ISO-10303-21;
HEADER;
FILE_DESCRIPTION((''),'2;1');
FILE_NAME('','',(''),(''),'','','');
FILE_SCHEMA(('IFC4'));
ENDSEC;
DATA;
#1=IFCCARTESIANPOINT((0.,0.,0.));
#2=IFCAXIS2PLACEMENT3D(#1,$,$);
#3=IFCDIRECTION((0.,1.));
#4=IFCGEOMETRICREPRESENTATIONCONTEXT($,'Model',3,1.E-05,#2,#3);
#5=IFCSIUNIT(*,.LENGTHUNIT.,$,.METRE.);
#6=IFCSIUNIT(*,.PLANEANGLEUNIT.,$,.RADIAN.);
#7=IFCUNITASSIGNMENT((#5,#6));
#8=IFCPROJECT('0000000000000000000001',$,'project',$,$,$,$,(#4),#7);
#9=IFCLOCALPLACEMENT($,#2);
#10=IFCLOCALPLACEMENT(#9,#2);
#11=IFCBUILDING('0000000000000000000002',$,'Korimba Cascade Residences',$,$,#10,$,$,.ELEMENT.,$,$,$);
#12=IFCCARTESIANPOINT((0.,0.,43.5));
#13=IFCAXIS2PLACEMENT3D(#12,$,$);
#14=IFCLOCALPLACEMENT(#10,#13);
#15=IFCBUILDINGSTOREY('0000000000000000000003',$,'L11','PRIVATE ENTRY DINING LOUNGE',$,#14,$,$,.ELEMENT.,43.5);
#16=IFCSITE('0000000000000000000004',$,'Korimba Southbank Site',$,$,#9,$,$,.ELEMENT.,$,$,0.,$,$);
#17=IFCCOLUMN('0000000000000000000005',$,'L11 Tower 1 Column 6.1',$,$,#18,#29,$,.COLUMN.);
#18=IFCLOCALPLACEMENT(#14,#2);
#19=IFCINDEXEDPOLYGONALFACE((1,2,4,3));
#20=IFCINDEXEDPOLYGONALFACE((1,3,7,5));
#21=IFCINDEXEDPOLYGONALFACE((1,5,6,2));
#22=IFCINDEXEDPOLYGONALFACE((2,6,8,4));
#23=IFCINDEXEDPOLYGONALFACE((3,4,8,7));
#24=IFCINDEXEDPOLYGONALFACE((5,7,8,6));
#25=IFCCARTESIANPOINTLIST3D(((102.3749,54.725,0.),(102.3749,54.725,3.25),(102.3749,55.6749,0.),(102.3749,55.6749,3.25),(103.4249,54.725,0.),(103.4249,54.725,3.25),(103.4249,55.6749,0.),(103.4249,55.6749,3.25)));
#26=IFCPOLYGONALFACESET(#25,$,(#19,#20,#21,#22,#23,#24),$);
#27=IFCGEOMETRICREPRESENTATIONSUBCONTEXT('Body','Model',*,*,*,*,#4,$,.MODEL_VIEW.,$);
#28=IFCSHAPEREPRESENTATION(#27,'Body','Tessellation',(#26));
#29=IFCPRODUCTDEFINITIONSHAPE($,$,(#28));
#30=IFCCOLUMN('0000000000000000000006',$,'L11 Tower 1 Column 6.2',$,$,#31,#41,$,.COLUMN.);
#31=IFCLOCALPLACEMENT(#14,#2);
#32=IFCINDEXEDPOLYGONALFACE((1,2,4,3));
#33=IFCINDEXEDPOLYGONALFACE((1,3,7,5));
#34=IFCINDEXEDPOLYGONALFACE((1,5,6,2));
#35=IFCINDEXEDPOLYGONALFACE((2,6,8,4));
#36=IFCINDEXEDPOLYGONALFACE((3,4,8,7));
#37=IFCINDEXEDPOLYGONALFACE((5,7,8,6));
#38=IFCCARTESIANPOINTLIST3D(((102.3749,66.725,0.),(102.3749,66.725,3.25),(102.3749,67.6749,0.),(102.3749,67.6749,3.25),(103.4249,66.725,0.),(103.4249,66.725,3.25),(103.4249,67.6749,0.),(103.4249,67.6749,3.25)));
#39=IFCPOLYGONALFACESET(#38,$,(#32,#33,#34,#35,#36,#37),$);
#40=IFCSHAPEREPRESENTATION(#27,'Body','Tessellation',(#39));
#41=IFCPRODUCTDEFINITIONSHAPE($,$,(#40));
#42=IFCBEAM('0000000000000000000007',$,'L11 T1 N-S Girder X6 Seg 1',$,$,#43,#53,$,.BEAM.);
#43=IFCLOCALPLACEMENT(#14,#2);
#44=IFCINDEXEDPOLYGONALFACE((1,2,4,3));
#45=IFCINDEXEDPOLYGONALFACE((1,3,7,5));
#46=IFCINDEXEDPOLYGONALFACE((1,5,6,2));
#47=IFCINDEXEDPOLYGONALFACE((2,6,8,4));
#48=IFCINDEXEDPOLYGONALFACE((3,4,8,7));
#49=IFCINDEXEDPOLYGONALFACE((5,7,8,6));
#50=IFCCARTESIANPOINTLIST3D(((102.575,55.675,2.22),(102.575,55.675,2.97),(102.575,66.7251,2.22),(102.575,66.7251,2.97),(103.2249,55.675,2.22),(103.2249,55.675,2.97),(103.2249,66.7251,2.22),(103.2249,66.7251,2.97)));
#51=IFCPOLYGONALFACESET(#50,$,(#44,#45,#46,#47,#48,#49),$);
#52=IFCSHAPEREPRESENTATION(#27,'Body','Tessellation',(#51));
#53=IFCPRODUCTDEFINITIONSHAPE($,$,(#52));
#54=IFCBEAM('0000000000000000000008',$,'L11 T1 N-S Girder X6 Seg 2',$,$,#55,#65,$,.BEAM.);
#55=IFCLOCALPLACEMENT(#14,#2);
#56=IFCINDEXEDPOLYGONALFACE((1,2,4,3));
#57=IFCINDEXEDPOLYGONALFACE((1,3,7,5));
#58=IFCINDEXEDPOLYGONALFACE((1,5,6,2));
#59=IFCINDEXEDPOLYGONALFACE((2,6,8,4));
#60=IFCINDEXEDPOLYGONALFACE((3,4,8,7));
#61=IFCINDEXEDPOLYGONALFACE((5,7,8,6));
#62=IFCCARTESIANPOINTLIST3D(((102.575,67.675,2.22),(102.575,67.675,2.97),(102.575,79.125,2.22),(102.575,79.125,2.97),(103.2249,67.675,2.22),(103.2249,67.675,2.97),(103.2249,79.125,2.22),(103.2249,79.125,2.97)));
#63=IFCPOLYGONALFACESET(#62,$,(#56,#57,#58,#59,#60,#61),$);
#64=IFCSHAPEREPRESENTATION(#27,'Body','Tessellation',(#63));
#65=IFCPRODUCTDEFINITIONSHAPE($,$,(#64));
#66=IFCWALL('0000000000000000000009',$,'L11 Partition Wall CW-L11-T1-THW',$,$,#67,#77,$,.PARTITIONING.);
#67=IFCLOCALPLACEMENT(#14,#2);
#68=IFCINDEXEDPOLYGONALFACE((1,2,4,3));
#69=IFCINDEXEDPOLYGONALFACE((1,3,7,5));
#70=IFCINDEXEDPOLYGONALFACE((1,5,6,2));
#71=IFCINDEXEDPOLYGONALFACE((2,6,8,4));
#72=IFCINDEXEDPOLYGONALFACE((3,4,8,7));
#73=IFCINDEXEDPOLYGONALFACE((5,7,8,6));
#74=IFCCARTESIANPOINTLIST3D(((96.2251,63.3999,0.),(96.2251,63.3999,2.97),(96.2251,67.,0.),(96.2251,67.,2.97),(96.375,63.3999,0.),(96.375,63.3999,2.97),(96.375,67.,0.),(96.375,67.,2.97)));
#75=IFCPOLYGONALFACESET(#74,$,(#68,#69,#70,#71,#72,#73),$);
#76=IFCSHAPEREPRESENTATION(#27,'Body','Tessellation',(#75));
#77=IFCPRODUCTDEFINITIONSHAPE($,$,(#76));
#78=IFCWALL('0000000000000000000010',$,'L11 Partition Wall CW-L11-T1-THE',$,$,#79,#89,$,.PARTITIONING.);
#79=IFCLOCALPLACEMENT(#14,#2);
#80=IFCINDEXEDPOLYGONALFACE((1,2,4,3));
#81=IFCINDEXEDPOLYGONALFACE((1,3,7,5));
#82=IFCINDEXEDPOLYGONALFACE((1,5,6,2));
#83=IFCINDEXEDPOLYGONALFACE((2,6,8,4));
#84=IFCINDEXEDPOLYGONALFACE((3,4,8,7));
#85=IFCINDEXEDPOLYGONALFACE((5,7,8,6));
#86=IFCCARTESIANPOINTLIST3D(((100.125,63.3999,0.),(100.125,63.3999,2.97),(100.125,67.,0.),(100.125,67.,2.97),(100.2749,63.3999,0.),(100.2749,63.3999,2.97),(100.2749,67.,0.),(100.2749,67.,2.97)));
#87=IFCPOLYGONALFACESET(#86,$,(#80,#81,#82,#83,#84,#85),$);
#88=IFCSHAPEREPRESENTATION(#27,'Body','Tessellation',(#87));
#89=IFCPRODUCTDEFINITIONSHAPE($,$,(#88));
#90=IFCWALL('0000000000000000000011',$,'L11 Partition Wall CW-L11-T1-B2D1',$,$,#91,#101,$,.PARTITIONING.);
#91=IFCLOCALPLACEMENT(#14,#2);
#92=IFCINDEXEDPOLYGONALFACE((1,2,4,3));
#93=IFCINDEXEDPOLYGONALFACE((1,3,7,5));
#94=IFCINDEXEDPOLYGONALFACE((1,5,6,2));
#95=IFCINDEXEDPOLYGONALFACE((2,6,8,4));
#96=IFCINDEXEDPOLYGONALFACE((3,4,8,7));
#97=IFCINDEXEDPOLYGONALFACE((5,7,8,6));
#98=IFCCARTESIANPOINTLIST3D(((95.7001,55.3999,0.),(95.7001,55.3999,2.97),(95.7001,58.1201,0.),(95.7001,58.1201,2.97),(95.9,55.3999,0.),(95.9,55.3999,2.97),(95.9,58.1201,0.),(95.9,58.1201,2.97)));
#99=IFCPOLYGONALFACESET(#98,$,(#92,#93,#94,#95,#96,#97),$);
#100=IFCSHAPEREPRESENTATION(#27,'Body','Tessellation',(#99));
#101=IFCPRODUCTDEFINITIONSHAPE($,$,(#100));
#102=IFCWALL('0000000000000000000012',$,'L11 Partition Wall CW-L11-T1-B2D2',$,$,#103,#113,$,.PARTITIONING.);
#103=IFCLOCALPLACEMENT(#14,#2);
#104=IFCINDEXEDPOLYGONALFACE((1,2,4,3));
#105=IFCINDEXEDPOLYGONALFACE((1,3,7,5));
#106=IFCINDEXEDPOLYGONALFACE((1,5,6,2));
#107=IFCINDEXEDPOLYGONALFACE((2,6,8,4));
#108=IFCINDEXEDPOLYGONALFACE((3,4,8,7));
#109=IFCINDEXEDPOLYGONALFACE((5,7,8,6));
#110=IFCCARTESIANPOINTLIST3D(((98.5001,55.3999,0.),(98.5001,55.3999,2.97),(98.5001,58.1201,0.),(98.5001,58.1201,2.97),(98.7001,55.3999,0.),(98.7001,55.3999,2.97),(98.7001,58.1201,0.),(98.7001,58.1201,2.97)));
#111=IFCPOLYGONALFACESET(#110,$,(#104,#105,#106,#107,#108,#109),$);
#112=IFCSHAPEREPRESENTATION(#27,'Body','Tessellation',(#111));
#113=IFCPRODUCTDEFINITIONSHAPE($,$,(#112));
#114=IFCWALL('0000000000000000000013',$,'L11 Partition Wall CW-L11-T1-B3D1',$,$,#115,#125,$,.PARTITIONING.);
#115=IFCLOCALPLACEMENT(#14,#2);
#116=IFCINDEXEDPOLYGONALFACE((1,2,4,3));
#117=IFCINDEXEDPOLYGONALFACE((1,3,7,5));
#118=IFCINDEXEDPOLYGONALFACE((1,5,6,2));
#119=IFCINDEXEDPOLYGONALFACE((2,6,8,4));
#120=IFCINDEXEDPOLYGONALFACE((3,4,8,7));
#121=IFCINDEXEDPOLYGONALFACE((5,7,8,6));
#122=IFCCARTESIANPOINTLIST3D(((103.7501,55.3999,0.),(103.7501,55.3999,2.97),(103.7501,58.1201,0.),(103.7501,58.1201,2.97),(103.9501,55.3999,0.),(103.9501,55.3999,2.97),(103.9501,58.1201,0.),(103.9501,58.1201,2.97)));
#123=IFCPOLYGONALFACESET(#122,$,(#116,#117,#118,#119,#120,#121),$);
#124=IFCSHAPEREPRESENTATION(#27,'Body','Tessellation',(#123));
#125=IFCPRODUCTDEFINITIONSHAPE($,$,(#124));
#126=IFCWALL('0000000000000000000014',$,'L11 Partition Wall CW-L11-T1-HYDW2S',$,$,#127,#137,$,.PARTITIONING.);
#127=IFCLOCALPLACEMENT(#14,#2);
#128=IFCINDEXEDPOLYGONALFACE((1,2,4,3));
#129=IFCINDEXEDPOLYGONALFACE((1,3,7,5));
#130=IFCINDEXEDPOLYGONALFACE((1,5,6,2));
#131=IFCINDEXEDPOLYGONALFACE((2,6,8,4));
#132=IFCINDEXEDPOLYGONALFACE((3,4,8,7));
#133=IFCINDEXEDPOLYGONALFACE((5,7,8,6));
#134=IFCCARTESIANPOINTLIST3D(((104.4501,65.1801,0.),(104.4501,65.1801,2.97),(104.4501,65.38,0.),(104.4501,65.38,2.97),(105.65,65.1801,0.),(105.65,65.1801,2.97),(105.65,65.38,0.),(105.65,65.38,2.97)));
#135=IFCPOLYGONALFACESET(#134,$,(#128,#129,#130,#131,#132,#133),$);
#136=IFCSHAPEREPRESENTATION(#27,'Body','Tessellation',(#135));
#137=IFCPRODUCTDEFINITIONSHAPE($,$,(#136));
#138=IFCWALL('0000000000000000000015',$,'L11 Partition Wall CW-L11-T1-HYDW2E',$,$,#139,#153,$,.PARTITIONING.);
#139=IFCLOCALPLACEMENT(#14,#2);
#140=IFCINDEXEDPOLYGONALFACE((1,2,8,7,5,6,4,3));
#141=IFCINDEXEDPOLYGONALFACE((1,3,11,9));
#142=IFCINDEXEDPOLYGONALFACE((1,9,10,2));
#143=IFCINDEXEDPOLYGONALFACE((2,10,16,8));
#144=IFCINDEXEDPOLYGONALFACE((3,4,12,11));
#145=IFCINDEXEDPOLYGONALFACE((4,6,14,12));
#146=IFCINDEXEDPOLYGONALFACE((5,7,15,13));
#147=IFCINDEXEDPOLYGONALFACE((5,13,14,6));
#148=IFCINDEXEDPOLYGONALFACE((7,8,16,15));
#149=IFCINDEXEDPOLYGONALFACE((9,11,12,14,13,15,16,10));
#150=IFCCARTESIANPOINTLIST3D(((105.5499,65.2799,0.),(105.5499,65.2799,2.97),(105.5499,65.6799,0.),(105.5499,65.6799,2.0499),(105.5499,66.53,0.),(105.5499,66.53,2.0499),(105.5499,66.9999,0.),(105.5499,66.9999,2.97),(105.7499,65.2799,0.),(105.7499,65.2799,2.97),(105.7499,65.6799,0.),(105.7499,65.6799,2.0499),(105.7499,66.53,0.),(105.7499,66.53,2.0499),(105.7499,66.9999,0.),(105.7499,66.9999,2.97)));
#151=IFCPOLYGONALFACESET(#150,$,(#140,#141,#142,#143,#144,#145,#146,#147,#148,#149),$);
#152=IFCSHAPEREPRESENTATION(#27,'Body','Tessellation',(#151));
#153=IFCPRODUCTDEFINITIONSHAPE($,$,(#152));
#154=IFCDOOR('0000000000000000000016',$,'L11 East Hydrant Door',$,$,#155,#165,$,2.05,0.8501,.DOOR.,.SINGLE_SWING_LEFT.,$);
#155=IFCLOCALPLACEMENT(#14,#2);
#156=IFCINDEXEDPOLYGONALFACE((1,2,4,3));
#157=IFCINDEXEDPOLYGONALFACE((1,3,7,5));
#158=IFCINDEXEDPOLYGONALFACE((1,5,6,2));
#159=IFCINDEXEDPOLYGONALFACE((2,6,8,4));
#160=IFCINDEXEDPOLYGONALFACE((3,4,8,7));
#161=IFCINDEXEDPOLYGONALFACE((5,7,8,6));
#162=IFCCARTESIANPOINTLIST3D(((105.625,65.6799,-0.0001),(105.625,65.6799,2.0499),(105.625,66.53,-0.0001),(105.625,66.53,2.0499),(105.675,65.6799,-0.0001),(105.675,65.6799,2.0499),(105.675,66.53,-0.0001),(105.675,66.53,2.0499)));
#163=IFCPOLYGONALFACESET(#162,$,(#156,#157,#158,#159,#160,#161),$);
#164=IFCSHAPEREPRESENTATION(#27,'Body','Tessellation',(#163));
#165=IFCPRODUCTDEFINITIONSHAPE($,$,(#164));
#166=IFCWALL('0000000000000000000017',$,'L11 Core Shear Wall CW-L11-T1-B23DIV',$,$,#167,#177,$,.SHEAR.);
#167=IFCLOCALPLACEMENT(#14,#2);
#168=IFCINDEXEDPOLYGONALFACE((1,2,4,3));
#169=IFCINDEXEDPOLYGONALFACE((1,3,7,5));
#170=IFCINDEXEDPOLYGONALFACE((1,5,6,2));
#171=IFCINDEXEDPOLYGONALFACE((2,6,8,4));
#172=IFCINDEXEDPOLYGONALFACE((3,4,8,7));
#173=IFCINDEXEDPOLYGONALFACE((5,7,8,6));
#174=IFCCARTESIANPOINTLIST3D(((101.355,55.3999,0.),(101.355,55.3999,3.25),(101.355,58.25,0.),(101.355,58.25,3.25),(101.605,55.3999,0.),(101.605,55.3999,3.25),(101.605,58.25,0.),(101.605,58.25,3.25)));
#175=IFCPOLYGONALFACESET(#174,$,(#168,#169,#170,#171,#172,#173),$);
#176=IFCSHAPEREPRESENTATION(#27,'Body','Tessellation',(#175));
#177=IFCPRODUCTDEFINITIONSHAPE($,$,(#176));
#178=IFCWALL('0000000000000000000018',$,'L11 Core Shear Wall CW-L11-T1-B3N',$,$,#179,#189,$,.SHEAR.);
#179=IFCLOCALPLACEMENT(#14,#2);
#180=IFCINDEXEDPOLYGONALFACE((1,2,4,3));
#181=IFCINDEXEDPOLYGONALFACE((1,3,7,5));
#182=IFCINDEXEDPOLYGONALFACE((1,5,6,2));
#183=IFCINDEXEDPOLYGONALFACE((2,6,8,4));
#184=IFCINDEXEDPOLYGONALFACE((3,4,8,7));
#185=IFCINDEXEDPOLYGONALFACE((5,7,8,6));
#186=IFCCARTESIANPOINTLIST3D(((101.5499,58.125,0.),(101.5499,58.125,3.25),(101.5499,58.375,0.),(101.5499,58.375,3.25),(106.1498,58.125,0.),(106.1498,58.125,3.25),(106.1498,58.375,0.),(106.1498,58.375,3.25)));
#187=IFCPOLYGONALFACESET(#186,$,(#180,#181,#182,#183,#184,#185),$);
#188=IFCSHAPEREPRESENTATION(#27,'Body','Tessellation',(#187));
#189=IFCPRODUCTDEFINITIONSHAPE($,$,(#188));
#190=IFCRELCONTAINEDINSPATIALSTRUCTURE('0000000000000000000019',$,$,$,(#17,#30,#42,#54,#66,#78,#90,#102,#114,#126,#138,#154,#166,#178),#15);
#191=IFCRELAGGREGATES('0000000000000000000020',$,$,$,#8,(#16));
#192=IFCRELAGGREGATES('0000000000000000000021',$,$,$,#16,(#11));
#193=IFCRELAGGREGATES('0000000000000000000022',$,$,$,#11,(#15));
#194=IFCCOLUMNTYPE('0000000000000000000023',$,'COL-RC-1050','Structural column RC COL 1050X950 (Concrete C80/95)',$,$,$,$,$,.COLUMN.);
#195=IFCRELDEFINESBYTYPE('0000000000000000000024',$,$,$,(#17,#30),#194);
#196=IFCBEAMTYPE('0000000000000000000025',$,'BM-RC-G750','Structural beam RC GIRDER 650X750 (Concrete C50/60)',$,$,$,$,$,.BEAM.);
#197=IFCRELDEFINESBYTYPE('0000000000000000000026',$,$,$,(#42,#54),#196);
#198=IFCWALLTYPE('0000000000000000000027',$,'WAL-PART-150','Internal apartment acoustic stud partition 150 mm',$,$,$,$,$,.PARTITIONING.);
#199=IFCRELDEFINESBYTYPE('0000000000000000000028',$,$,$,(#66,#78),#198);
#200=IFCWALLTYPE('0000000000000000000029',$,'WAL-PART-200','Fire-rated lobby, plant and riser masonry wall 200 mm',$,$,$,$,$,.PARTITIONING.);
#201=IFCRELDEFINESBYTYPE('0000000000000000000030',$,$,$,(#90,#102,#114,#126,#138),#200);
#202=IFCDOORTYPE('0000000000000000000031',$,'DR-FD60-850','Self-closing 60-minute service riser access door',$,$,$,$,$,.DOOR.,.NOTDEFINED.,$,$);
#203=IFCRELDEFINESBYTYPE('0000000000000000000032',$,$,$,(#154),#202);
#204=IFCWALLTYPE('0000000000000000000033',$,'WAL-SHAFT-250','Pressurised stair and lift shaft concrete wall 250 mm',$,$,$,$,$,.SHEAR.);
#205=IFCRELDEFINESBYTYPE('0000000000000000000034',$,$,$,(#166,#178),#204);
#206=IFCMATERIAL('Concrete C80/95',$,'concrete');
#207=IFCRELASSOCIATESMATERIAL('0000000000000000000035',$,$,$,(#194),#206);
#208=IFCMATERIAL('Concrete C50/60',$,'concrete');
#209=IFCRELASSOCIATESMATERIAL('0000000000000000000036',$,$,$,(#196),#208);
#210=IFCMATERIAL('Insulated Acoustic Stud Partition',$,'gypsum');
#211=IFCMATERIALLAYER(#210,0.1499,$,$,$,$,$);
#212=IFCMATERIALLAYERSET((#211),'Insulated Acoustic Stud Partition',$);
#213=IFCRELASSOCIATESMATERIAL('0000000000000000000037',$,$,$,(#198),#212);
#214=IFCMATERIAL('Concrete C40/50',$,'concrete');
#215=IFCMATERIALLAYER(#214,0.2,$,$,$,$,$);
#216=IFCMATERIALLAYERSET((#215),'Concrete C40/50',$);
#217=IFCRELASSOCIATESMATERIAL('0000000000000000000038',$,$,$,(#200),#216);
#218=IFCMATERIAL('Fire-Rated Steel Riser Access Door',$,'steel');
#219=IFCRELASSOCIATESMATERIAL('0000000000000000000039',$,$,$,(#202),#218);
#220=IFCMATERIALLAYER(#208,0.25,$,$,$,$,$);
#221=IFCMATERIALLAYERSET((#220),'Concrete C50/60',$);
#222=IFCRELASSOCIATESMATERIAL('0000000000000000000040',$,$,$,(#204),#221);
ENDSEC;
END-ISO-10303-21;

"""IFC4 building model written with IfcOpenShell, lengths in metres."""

from ifc_helpers import new_model, si_unit, direction, frame, frame_2d, origin, origin_2d, place, context, subcontext, project, spatial, rectangle, extrude, material, layer, layer_set, material_profile, profile_set, type_object, element, fill, save


model = new_model("IFC4")

# Units and contexts
model_context = context("Model", 3, precision=1e-05, world=origin(), true_north=direction((0.0, 1.0)))
body_context = subcontext(model_context, "Body", "Model", "MODEL_VIEW")
ifc_project = project(units=[si_unit("LENGTHUNIT", "METRE"), si_unit("PLANEANGLEUNIT", "RADIAN")], contexts=[model_context])

# Site, building, storey
site_placement = place(None, origin())
site = spatial("IfcSite", under=ifc_project, at=site_placement, Name="Korimba Southbank Site", CompositionType="ELEMENT", RefElevation=0.0)
building_placement = place(site_placement, origin())
building = spatial("IfcBuilding", under=site, at=building_placement, Name="Korimba Cascade Residences", CompositionType="ELEMENT")
storey_placement = place(building_placement, frame((0.0, 0.0, 43.5)))
storey = spatial("IfcBuildingStorey", under=building, at=storey_placement, Name="L11", Description="PRIVATE ENTRY DINING LOUNGE", CompositionType="ELEMENT", Elevation=43.5)

# Columns
ifc_material_1 = material(Name="Concrete C80/95", Category="concrete")
ifc_material_profile_1 = material_profile(ifc_material_1, rectangle(XDim=1.05, YDim=0.95, at=origin_2d()), Name="Concrete C80/95")
ifc_profile_set_1 = profile_set([ifc_material_profile_1], Name="Concrete C80/95")
column_type = type_object("IfcColumnType", Name="COL-RC-1050", Description="Structural column RC COL 1050X950 (Concrete C80/95)", PredefinedType="COLUMN", material=ifc_profile_set_1)
for number, where, z_axis, x_axis, name in (
    (1, (102.8999, 55.2, 0.0), (0.0, 0.0, 1.0), (1.0, 0.0, 0.0), "L11 Tower 1 Column 6.1"),
    (2, (102.8999, 67.2, 0.0), (0.0, 0.0, 1.0), (1.0, 0.0, 0.0), "L11 Tower 1 Column 6.2"),
):
    element("IfcColumn", number, at=place(storey_placement, frame(where, z_axis=z_axis, x_axis=x_axis)), inside=storey, type_object=column_type, Name=name, PredefinedType="COLUMN", context=body_context, shape_type="SweptSolid", body=[
        extrude(rectangle(XDim=1.05, YDim=0.95, at=origin_2d()), origin(), (0.0, 0.0, 1.0), 3.25),
    ])

# Beams
ifc_material_2 = material(Name="Concrete C50/60", Category="concrete")
ifc_material_profile_2 = material_profile(ifc_material_2, rectangle(XDim=0.6499, YDim=0.75, at=origin_2d()), Name="Concrete C50/60")
ifc_profile_set_2 = profile_set([ifc_material_profile_2], Name="Concrete C50/60")
beam_type = type_object("IfcBeamType", Name="BM-RC-G750", Description="Structural beam RC GIRDER 650X750 (Concrete C50/60)", PredefinedType="BEAM", material=ifc_profile_set_2)
beam_1_placement = place(storey_placement, frame((102.8999, 55.675, 2.595), z_axis=(0.0, 1.0, 0.0), x_axis=(-1.0, 0.0, 0.0)))
element("IfcBeam", 3, at=beam_1_placement, inside=storey, type_object=beam_type, Name="L11 T1 N-S Girder X6 Seg 1", PredefinedType="BEAM", context=body_context, shape_type="SweptSolid", body=[
    extrude(rectangle(XDim=0.6499, YDim=0.75, at=origin_2d()), origin(), (0.0, 0.0, 1.0), 11.05),
])
beam_2_placement = place(storey_placement, frame((102.8999, 67.675, 2.595), z_axis=(0.0, 1.0, 0.0), x_axis=(-1.0, 0.0, 0.0)))
element("IfcBeam", 4, at=beam_2_placement, inside=storey, type_object=beam_type, Name="L11 T1 N-S Girder X6 Seg 2", PredefinedType="BEAM", context=body_context, shape_type="SweptSolid", body=[
    extrude(rectangle(XDim=0.6499, YDim=0.75, at=origin_2d()), origin(), (0.0, 0.0, 1.0), 11.45),
])

# Walls
ifc_material_3 = material(Name="Insulated Acoustic Stud Partition", Category="gypsum")
ifc_layer_1 = layer(ifc_material_3, 0.1499)
ifc_layer_set_1 = layer_set([ifc_layer_1], Name="Insulated Acoustic Stud Partition")
wall_type_1 = type_object("IfcWallType", Name="WAL-PART-150", Description="Internal apartment acoustic stud partition 150 mm", PredefinedType="PARTITIONING", material=ifc_layer_set_1)
for number, where, z_axis, x_axis, name in (
    (5, (96.3, 63.3999, 0.0), (0.0, 0.0, 1.0), (0.0, 1.0, 0.0), "L11 Partition Wall CW-L11-T1-THW"),
    (6, (100.2, 63.3999, 0.0), (0.0, 0.0, 1.0), (0.0, 1.0, 0.0), "L11 Partition Wall CW-L11-T1-THE"),
):
    element("IfcWall", number, at=place(storey_placement, frame(where, z_axis=z_axis, x_axis=x_axis)), inside=storey, type_object=wall_type_1, Name=name, PredefinedType="PARTITIONING", context=body_context, shape_type="SweptSolid", body=[
        extrude(rectangle(XDim=3.6001, YDim=0.1499, at=frame_2d((1.8, 0.0))), origin(), (0.0, 0.0, 1.0), 2.97),
    ])
ifc_material_4 = material(Name="Concrete C40/50", Category="concrete")
ifc_layer_2 = layer(ifc_material_4, 0.2)
ifc_layer_set_2 = layer_set([ifc_layer_2], Name="Concrete C40/50")
wall_type_2 = type_object("IfcWallType", Name="WAL-PART-200", Description="Fire-rated lobby, plant and riser masonry wall 200 mm", PredefinedType="PARTITIONING", material=ifc_layer_set_2)
for number, where, z_axis, x_axis, name in (
    (7, (95.8, 55.3999, 0.0), (0.0, 0.0, 1.0), (0.0, 1.0, 0.0), "L11 Partition Wall CW-L11-T1-B2D1"),
    (8, (98.6001, 55.3999, 0.0), (0.0, 0.0, 1.0), (0.0, 1.0, 0.0), "L11 Partition Wall CW-L11-T1-B2D2"),
    (9, (103.8501, 55.3999, 0.0), (0.0, 0.0, 1.0), (0.0, 1.0, 0.0), "L11 Partition Wall CW-L11-T1-B3D1"),
):
    element("IfcWall", number, at=place(storey_placement, frame(where, z_axis=z_axis, x_axis=x_axis)), inside=storey, type_object=wall_type_2, Name=name, PredefinedType="PARTITIONING", context=body_context, shape_type="SweptSolid", body=[
        extrude(rectangle(XDim=2.7202, YDim=0.2, at=frame_2d((1.3601, 0.0))), origin(), (0.0, 0.0, 1.0), 2.97),
    ])
wall_1_placement = place(storey_placement, frame((104.45, 65.28, 0.0), z_axis=(0.0, 0.0, 1.0), x_axis=(1.0, 0.0, 0.0)))
element("IfcWall", 10, at=wall_1_placement, inside=storey, type_object=wall_type_2, Name="L11 Partition Wall CW-L11-T1-HYDW2S", PredefinedType="PARTITIONING", context=body_context, shape_type="SweptSolid", body=[
    extrude(rectangle(XDim=1.2, YDim=0.2, at=frame_2d((0.6001, 0.0))), origin(), (0.0, 0.0, 1.0), 2.97),
])

# Wall, opening, door
wall_2_placement = place(storey_placement, frame((105.6499, 65.28, 0.0), z_axis=(0.0, 0.0, 1.0), x_axis=(0.0, 1.0, 0.0)))
wall_2 = element("IfcWall", 11, at=wall_2_placement, inside=storey, type_object=wall_type_2, Name="L11 Partition Wall CW-L11-T1-HYDW2E", PredefinedType="PARTITIONING", context=body_context, shape_type="SweptSolid", body=[
    extrude(rectangle(XDim=1.72, YDim=0.2, at=frame_2d((0.8599, 0.0))), origin(), (0.0, 0.0, 1.0), 2.97),
])
opening_1_placement = place(wall_2_placement, frame((0.3999, 0.0, 0.0)))
opening_1 = element("IfcOpeningElement", 12, at=opening_1_placement, cuts=wall_2, PredefinedType="OPENING", context=body_context, shape_type="SweptSolid", body=[
    extrude(rectangle(XDim=0.8501, YDim=2.05, at=frame_2d((0.425, 1.0249))), frame((0.0, 0.1099, 0.0), z_axis=(0.0, -1.0, 0.0), x_axis=(1.0, 0.0, 0.0)), (0.0, 0.0, 1.0), 0.22),
])
ifc_material_5 = material(Name="Fire-Rated Steel Riser Access Door", Category="steel")
door_type_1 = type_object("IfcDoorType", Name="DR-FD60-850", Description="Self-closing 60-minute service riser access door", OperationType="NOTDEFINED", PredefinedType="DOOR", material=ifc_material_5)
door_1_placement = place(opening_1_placement, origin())
door_1 = element("IfcDoor", 13, at=door_1_placement, inside=storey, type_object=door_type_1, Name="L11 East Hydrant Door", OperationType="SINGLE_SWING_LEFT", OverallHeight=2.05, OverallWidth=0.8501, PredefinedType="DOOR", context=body_context, shape_type="SweptSolid", body=[
    extrude(rectangle(XDim=0.8501, YDim=2.05, at=frame_2d((0.425, 1.0249))), frame((0.0, 0.0249, 0.0), z_axis=(0.0, -1.0, 0.0), x_axis=(1.0, 0.0, 0.0)), (0.0, 0.0, 1.0), 0.05),
])
fill(opening_1, door_1)

# Walls
ifc_layer_3 = layer(ifc_material_2, 0.25)
ifc_layer_set_3 = layer_set([ifc_layer_3], Name="Concrete C50/60")
wall_type_3 = type_object("IfcWallType", Name="WAL-SHAFT-250", Description="Pressurised stair and lift shaft concrete wall 250 mm", PredefinedType="SHEAR", material=ifc_layer_set_3)
wall_3_placement = place(storey_placement, frame((101.48, 55.3999, 0.0), z_axis=(0.0, 0.0, 1.0), x_axis=(0.0, 1.0, 0.0)))
element("IfcWall", 14, at=wall_3_placement, inside=storey, type_object=wall_type_3, Name="L11 Core Shear Wall CW-L11-T1-B23DIV", PredefinedType="SHEAR", context=body_context, shape_type="SweptSolid", body=[
    extrude(rectangle(XDim=2.8501, YDim=0.25, at=frame_2d((1.425, 0.0))), origin(), (0.0, 0.0, 1.0), 3.25),
])
wall_4_placement = place(storey_placement, frame((101.55, 58.25, 0.0), z_axis=(0.0, 0.0, 1.0), x_axis=(1.0, 0.0, 0.0)))
element("IfcWall", 15, at=wall_4_placement, inside=storey, type_object=wall_type_3, Name="L11 Core Shear Wall CW-L11-T1-B3N", PredefinedType="SHEAR", context=body_context, shape_type="SweptSolid", body=[
    extrude(rectangle(XDim=4.5999, YDim=0.25, at=frame_2d((2.2998, 0.0))), origin(), (0.0, 0.0, 1.0), 3.25),
])

save(model, "model.ifc")
